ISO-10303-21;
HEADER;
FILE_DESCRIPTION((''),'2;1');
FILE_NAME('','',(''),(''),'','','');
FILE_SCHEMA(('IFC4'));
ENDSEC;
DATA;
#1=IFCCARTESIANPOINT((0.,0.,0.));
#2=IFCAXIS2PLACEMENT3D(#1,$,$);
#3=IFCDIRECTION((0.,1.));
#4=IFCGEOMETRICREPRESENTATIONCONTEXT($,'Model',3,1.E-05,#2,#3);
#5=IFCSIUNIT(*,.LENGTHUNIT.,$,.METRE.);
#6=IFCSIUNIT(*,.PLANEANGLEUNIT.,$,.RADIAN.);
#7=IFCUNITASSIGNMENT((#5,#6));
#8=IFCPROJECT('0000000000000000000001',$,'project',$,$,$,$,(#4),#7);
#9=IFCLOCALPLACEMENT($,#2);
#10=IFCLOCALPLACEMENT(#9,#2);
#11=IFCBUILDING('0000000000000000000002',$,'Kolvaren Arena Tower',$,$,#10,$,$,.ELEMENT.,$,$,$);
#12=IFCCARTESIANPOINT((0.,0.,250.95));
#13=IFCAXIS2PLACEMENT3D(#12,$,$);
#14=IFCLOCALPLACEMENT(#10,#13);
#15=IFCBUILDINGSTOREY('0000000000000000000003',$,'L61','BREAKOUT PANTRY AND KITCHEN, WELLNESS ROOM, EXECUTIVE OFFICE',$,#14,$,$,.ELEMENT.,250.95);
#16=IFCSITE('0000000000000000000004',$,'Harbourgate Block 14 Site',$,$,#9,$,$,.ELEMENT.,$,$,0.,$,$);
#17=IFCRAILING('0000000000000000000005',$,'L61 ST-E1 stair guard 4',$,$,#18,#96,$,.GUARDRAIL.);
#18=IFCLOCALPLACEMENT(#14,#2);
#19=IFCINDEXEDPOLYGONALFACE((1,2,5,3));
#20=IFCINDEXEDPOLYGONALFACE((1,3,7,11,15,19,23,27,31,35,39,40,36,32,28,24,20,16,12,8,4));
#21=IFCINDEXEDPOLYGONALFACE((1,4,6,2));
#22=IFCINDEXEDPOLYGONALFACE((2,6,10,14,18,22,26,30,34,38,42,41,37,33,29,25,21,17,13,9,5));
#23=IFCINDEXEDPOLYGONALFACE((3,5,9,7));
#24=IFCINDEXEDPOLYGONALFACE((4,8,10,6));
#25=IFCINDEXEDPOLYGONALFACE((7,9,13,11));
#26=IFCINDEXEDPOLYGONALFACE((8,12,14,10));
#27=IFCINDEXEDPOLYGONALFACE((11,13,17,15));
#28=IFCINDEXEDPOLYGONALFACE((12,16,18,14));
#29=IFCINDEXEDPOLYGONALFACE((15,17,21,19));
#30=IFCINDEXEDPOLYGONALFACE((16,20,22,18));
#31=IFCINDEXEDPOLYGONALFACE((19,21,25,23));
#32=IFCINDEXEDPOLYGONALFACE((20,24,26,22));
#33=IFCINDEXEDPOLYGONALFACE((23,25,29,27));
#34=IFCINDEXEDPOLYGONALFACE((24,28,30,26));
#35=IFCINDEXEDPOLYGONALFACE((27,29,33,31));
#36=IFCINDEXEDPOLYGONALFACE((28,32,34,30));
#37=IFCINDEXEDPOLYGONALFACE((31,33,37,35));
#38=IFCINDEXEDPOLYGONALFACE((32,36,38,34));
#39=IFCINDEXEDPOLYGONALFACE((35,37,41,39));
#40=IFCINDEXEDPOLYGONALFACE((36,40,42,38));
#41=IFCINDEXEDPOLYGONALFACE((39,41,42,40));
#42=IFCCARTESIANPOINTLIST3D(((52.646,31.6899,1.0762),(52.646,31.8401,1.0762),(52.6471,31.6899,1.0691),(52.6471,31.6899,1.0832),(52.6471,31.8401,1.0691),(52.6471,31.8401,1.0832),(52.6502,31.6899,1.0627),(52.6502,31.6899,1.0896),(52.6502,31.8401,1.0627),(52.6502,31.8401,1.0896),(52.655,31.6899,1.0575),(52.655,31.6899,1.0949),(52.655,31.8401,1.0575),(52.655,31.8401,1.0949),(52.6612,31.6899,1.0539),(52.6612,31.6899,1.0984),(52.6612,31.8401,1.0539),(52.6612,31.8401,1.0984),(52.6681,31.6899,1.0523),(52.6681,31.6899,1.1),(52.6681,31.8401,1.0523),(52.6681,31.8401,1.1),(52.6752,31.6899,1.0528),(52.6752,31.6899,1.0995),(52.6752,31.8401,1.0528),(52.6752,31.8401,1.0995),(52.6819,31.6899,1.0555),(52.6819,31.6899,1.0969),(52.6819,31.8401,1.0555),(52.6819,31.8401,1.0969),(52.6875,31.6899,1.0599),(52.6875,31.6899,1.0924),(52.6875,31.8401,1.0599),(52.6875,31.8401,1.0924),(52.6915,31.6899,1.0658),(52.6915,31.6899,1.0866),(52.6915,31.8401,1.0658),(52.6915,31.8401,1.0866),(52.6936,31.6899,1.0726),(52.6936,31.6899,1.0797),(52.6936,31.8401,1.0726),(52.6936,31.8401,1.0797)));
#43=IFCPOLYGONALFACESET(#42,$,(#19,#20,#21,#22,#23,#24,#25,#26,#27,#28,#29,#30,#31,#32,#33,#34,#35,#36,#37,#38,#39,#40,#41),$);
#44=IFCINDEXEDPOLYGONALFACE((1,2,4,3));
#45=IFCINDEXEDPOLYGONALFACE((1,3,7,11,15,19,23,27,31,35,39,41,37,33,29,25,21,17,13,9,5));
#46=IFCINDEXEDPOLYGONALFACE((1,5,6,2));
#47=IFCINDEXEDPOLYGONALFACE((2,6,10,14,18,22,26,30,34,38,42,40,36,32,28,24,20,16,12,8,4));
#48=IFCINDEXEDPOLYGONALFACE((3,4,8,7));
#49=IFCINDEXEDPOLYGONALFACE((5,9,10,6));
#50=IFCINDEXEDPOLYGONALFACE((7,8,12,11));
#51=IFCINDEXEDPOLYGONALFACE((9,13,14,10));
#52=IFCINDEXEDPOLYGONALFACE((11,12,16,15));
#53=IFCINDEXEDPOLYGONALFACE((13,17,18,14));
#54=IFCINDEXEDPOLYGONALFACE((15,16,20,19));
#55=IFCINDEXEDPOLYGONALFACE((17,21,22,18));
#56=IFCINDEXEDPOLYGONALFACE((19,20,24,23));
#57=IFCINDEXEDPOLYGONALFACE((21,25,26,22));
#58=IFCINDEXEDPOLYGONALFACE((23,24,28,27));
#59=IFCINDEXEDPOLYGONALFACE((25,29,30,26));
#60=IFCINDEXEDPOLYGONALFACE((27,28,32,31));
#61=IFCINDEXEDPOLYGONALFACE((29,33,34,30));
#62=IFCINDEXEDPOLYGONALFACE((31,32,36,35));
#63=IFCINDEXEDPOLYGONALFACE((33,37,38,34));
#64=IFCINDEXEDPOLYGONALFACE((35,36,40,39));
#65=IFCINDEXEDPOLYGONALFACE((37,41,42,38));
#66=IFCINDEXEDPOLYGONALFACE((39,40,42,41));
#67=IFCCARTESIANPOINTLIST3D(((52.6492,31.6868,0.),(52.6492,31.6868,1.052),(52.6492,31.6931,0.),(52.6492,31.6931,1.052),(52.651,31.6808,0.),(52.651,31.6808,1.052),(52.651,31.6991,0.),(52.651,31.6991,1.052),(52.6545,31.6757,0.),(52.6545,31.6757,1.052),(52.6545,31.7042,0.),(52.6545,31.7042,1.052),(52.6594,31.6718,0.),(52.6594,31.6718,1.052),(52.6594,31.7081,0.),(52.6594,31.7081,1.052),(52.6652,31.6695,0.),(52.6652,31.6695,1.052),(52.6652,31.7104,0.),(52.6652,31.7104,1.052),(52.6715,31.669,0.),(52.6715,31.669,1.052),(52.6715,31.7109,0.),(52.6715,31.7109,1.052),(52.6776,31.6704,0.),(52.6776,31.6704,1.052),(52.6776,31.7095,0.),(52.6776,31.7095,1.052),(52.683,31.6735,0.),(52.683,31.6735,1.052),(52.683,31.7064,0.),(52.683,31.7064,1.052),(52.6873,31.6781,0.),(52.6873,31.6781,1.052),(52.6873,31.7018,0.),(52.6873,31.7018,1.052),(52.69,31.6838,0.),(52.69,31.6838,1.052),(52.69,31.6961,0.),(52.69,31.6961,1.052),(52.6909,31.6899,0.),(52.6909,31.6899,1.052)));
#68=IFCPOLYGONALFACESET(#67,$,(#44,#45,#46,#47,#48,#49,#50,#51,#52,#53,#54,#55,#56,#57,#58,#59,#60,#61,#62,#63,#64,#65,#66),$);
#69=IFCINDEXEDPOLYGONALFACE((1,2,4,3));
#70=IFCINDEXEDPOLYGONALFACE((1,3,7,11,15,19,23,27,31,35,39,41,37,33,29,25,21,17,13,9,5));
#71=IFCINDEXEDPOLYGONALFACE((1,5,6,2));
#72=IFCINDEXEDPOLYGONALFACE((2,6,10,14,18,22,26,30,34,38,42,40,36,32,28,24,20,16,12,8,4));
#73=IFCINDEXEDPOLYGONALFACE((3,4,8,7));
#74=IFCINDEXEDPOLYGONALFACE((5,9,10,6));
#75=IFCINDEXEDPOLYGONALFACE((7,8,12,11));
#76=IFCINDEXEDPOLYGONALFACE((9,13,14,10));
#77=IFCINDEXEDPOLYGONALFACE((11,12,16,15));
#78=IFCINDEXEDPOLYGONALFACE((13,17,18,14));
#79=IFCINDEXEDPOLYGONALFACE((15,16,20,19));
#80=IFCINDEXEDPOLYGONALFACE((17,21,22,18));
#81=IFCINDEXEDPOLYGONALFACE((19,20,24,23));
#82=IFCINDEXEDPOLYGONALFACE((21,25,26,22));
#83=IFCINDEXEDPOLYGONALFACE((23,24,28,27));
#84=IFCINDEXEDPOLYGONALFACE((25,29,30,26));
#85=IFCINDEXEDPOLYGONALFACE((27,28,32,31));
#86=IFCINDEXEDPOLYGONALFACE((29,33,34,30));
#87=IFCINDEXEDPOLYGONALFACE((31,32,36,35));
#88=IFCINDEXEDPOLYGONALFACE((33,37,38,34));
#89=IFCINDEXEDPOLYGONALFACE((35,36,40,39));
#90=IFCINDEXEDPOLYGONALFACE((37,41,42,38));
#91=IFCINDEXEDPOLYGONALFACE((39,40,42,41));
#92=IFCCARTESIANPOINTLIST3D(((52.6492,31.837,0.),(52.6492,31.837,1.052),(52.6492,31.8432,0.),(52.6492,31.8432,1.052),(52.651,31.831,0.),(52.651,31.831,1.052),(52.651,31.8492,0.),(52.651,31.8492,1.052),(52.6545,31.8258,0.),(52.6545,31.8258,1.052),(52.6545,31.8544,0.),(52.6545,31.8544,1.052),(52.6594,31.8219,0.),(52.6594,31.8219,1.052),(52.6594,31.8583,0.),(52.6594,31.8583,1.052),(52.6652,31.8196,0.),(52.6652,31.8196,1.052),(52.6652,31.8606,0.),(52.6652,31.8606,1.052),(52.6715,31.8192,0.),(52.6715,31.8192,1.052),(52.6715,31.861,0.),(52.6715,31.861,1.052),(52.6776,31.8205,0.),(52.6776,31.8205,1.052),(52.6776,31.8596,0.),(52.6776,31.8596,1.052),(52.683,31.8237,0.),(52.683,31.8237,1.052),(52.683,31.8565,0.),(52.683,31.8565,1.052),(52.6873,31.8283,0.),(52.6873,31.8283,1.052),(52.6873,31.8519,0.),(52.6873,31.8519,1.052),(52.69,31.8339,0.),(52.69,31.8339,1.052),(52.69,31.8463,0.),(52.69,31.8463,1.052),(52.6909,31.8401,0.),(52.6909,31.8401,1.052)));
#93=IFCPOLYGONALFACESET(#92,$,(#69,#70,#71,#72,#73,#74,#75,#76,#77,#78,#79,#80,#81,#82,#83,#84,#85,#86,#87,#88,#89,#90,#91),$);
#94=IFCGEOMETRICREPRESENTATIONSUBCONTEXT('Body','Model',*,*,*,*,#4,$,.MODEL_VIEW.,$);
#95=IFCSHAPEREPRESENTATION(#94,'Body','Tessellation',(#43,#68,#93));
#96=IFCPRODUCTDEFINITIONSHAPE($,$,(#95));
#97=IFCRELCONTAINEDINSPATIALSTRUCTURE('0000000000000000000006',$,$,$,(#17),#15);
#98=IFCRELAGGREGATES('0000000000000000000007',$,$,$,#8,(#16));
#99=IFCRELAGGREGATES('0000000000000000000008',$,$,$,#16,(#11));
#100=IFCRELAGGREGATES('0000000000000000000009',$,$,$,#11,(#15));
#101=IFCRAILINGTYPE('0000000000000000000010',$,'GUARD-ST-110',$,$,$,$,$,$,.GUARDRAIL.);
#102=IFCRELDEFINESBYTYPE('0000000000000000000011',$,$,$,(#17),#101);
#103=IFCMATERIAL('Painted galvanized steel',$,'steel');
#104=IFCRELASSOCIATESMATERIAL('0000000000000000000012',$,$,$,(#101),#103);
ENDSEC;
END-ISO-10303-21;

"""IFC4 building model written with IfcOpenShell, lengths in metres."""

from ifc_helpers import new_model, si_unit, direction, frame, origin, origin_2d, place, context, subcontext, project, spatial, circle, extrude, material, type_object, element, save


model = new_model("IFC4")

# Units and contexts
model_context = context("Model", 3, precision=1e-05, world=origin(), true_north=direction((0.0, 1.0)))
body_context = subcontext(model_context, "Body", "Model", "MODEL_VIEW")
ifc_project = project(units=[si_unit("LENGTHUNIT", "METRE"), si_unit("PLANEANGLEUNIT", "RADIAN")], contexts=[model_context])

# Site, building, storey
site_placement = place(None, origin())
site = spatial("IfcSite", under=ifc_project, at=site_placement, Name="Harbourgate Block 14 Site", CompositionType="ELEMENT", RefElevation=0.0)
building_placement = place(site_placement, origin())
building = spatial("IfcBuilding", under=site, at=building_placement, Name="Kolvaren Arena Tower", CompositionType="ELEMENT")
storey_placement = place(building_placement, frame((0.0, 0.0, 250.95)))
storey = spatial("IfcBuildingStorey", under=building, at=storey_placement, Name="L61", Description="BREAKOUT PANTRY AND KITCHEN, WELLNESS ROOM, EXECUTIVE OFFICE", CompositionType="ELEMENT", Elevation=250.95)

# Railing
ifc_material_1 = material(Name="Painted galvanized steel", Category="steel")
railing_type_1 = type_object("IfcRailingType", Name="GUARD-ST-110", PredefinedType="GUARDRAIL", material=ifc_material_1)
railing_1_placement = place(storey_placement, frame((52.6699, 31.6899, 0.0)))
element("IfcRailing", 1, at=railing_1_placement, inside=storey, type_object=railing_type_1, Name="L61 ST-E1 stair guard 4", PredefinedType="GUARDRAIL", context=body_context, shape_type="SweptSolid", body=[
    extrude(circle(Radius=0.0239, at=origin_2d()), frame((0.0, 0.0, 1.0762), z_axis=(0.0, 1.0, 0.0), x_axis=(-1.0, 0.0, 0.0)), (0.0, 0.0, 1.0), 0.1501),
    extrude(circle(Radius=0.021, at=origin_2d()), origin(), (0.0, 0.0, 1.0), 1.052),
    extrude(circle(Radius=0.021, at=origin_2d()), frame((0.0, 0.1501, 0.0)), (0.0, 0.0, 1.0), 1.052),
])

save(model, "model.ifc")
